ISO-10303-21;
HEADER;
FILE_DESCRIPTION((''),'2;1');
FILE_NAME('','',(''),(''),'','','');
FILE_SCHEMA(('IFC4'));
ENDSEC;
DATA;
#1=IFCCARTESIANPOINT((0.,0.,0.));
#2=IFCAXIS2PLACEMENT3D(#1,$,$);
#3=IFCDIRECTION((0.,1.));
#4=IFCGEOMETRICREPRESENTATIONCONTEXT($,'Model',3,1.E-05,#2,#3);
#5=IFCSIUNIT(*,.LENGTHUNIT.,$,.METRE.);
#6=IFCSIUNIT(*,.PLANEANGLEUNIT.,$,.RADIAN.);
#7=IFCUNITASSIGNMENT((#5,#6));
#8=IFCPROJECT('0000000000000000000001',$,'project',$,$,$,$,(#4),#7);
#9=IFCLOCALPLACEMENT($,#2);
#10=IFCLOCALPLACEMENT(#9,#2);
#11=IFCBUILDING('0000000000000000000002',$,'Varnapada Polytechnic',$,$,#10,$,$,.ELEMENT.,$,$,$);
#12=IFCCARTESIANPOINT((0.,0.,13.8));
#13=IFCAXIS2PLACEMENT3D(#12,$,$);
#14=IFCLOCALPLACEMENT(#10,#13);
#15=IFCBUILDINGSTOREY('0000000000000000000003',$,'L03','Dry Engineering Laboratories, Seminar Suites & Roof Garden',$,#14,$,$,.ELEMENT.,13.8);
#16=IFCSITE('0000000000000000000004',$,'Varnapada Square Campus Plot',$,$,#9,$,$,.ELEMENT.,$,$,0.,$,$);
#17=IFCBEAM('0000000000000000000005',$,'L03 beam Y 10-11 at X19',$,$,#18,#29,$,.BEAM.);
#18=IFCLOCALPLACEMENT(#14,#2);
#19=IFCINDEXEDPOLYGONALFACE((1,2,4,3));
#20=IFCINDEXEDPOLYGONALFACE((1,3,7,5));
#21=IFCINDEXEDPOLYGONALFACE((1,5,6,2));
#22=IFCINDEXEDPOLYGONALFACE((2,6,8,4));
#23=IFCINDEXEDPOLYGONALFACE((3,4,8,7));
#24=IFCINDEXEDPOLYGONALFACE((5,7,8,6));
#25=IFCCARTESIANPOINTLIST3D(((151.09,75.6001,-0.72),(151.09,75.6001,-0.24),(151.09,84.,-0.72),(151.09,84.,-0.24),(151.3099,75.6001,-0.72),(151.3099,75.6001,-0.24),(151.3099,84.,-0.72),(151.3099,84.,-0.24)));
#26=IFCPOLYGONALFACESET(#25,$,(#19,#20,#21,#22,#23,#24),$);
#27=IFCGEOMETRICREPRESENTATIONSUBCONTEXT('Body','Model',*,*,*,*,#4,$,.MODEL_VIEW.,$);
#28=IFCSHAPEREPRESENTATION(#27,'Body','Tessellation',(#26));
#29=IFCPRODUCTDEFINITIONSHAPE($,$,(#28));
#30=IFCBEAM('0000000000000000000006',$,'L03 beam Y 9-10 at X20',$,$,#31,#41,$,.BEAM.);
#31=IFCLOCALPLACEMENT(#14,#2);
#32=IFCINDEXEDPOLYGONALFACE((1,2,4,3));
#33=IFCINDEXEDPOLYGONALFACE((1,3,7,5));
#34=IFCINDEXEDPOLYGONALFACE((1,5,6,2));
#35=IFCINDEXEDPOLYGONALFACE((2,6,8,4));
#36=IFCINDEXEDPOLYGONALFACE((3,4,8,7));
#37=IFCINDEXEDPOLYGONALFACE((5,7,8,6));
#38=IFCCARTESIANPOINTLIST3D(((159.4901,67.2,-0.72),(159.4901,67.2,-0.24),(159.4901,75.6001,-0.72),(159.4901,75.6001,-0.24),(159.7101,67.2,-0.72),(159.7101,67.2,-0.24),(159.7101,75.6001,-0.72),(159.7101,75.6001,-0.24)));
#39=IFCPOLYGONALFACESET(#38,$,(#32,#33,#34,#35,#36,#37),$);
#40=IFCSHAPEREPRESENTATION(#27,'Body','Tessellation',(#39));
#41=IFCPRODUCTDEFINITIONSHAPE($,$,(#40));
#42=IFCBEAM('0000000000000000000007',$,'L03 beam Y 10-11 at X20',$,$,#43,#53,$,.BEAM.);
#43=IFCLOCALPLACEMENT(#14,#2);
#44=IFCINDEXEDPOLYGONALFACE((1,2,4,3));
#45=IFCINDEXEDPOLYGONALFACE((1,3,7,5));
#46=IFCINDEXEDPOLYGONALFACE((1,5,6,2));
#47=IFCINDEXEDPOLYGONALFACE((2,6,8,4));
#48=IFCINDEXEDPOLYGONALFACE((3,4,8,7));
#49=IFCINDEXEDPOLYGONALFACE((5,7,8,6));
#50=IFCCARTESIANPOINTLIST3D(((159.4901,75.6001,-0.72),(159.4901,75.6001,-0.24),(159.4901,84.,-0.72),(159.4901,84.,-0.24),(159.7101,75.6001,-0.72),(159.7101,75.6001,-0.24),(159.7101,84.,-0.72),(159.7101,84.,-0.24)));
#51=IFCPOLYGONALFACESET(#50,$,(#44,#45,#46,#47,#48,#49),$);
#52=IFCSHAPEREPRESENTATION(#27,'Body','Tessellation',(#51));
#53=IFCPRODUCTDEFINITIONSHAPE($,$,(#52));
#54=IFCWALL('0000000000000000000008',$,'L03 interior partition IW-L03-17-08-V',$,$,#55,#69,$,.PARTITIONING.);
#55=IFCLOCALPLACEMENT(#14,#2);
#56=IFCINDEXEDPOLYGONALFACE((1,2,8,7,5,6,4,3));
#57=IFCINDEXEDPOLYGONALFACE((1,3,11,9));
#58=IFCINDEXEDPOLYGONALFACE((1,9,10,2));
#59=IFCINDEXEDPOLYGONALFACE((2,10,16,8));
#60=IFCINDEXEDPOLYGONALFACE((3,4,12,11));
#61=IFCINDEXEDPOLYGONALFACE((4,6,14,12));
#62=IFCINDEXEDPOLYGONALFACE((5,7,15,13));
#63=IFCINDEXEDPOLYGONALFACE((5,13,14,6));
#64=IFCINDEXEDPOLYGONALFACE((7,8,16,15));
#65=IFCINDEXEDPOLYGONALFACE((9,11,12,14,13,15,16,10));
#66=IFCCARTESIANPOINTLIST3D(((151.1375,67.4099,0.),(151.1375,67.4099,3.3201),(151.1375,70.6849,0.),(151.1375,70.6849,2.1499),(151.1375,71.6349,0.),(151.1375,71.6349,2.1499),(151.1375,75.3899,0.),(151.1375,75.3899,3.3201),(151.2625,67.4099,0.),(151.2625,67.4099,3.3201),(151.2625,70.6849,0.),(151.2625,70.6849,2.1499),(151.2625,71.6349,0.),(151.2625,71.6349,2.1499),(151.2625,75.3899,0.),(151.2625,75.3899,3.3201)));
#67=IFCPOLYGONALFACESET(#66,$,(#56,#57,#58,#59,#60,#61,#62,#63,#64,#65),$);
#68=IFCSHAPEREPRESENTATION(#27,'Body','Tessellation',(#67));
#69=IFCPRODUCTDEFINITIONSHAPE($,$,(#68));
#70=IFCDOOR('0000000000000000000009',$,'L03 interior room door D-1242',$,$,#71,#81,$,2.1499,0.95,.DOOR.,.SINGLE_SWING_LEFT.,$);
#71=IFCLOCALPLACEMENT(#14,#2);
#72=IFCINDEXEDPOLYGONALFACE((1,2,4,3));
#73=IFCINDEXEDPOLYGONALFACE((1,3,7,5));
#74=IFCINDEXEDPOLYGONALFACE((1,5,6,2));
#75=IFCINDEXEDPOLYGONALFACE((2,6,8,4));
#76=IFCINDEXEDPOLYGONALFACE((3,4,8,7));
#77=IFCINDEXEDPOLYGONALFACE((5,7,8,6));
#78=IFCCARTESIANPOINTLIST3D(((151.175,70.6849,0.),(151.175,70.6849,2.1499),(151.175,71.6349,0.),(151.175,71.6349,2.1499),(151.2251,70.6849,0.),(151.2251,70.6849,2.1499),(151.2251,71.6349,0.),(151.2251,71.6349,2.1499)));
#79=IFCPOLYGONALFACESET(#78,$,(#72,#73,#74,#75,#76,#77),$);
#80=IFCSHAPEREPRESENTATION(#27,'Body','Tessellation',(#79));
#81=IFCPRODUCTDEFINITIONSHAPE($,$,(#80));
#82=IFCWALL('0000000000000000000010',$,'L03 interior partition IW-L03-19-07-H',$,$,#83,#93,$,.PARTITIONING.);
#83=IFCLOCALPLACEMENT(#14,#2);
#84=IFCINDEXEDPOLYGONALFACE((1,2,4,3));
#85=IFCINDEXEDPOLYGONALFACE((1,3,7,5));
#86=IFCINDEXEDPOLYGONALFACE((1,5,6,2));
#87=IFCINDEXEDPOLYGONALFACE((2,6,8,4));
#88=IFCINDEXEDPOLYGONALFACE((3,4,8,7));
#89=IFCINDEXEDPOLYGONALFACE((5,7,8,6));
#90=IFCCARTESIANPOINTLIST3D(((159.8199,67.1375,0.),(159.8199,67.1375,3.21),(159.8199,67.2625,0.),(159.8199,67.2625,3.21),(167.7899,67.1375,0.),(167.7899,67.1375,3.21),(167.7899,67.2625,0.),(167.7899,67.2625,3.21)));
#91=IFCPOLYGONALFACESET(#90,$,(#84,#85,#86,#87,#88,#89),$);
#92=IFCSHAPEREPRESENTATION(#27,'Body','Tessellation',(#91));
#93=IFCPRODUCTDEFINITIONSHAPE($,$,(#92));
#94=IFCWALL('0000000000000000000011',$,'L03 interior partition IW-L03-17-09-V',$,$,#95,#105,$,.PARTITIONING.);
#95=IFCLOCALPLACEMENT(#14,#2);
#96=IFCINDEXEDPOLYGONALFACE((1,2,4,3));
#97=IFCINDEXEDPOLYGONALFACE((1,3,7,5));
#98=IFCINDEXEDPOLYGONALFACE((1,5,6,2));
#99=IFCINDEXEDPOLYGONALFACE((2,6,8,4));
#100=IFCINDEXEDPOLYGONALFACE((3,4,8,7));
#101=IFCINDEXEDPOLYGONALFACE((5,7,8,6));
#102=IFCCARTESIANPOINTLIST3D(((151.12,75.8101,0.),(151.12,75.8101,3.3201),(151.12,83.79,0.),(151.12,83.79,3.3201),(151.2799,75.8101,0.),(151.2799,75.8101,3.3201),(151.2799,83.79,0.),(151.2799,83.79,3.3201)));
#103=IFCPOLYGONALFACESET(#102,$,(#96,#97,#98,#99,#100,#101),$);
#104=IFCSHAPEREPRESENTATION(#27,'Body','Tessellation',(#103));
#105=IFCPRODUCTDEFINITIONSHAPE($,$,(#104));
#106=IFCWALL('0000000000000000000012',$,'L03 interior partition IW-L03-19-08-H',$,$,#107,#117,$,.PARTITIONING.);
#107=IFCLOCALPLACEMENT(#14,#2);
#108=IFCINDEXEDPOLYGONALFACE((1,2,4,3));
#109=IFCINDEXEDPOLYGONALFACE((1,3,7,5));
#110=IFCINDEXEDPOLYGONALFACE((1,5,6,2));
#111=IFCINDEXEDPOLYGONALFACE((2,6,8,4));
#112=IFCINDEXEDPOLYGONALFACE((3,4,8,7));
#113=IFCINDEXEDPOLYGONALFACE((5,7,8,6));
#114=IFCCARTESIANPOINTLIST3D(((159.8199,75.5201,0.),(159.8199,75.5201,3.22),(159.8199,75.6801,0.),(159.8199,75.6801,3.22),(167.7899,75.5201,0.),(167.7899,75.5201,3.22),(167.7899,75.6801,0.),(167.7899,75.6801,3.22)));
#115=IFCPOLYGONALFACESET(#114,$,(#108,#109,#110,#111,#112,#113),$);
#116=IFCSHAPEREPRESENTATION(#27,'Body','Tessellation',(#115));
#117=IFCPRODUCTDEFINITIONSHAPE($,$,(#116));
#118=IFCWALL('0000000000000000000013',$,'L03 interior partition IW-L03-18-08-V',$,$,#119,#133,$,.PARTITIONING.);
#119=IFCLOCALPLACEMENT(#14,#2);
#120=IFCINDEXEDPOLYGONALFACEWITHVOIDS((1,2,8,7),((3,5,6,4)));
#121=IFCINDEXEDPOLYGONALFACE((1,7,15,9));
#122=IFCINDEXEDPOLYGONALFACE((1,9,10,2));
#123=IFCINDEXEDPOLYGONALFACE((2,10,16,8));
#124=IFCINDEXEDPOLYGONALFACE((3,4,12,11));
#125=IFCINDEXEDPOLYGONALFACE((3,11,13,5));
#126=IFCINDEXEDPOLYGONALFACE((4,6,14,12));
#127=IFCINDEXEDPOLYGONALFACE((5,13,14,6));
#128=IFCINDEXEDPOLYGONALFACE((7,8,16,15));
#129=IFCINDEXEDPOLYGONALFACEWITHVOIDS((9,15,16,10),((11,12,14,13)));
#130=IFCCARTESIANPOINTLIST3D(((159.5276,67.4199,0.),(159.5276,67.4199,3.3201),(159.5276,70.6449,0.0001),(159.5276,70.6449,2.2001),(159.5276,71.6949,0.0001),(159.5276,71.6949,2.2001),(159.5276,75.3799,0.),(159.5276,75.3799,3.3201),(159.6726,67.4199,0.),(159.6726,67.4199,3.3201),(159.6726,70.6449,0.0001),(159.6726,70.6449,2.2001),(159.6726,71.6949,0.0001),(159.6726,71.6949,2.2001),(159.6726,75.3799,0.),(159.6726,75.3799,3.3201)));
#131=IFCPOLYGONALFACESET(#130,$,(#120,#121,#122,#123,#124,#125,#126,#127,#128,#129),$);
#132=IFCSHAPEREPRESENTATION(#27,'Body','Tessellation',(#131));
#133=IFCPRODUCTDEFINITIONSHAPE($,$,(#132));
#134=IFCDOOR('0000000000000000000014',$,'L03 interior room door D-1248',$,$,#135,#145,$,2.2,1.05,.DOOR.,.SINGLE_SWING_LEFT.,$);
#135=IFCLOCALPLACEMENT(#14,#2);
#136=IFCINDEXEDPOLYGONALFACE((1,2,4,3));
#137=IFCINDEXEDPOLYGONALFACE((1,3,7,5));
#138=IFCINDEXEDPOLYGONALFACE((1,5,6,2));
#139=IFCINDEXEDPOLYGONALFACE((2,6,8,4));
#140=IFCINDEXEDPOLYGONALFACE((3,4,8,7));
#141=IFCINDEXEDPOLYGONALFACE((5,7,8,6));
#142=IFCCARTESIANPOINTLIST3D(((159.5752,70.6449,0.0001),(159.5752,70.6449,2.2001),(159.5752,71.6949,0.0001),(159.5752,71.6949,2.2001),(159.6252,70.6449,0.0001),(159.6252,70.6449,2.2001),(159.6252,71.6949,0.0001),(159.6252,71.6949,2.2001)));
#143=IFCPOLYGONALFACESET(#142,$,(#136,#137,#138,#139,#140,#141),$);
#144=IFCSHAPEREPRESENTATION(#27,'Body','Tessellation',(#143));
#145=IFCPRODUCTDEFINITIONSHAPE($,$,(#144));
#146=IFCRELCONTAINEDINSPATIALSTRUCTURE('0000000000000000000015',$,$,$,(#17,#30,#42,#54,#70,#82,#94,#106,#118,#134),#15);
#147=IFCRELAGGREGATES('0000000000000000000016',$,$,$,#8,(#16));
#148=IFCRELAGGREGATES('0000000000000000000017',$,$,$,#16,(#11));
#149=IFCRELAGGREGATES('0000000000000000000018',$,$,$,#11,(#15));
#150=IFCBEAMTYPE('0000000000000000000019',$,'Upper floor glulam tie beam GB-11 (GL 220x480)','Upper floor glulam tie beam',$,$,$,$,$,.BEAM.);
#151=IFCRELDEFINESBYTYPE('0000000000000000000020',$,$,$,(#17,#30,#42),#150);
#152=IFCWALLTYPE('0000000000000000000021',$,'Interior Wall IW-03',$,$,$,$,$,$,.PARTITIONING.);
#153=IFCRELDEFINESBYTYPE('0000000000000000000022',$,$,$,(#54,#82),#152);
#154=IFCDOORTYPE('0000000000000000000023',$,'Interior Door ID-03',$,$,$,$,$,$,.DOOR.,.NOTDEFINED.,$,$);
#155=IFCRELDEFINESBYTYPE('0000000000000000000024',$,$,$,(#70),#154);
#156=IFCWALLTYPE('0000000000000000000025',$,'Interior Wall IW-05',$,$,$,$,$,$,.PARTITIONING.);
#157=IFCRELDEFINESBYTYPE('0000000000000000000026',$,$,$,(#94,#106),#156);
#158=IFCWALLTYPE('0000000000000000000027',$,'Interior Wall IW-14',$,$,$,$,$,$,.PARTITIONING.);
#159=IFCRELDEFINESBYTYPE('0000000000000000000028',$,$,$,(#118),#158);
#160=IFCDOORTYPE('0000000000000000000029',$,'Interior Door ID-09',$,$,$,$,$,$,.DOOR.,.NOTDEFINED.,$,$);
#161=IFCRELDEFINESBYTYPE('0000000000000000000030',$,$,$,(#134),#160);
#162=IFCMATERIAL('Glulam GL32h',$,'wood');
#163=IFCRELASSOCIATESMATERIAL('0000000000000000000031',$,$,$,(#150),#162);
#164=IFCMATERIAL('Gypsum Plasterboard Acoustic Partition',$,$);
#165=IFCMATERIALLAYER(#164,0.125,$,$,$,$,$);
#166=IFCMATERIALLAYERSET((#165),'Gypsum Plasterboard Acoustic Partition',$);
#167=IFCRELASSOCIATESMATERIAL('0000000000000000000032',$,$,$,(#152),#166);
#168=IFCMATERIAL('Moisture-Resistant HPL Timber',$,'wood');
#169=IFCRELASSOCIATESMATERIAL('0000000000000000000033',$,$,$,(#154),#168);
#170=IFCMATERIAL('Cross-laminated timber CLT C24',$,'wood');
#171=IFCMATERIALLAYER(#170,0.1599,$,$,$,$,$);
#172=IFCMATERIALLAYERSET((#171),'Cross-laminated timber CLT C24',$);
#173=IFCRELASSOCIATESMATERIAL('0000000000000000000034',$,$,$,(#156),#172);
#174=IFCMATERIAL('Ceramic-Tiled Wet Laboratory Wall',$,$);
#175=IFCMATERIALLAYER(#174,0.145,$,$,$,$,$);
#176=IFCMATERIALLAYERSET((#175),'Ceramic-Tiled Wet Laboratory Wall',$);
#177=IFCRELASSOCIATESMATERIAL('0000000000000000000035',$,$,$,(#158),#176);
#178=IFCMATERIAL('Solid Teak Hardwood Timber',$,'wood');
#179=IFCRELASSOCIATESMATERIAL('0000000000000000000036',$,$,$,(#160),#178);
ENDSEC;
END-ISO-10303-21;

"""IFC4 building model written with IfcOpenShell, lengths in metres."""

from ifc_helpers import new_model, si_unit, direction, frame, frame_2d, origin, origin_2d, place, context, subcontext, project, spatial, rectangle, extrude, material, layer, layer_set, material_profile, profile_set, type_object, element, fill, save


model = new_model("IFC4")

# Units and contexts
model_context = context("Model", 3, precision=1e-05, world=origin(), true_north=direction((0.0, 1.0)))
body_context = subcontext(model_context, "Body", "Model", "MODEL_VIEW")
ifc_project = project(units=[si_unit("LENGTHUNIT", "METRE"), si_unit("PLANEANGLEUNIT", "RADIAN")], contexts=[model_context])

# Site, building, storey
site_placement = place(None, origin())
site = spatial("IfcSite", under=ifc_project, at=site_placement, Name="Varnapada Square Campus Plot", CompositionType="ELEMENT", RefElevation=0.0)
building_placement = place(site_placement, origin())
building = spatial("IfcBuilding", under=site, at=building_placement, Name="Varnapada Polytechnic", CompositionType="ELEMENT")
storey_placement = place(building_placement, frame((0.0, 0.0, 13.8)))
storey = spatial("IfcBuildingStorey", under=building, at=storey_placement, Name="L03", Description="Dry Engineering Laboratories, Seminar Suites & Roof Garden", CompositionType="ELEMENT", Elevation=13.8)

# Shared definitions
ifc_material_1 = material(Name="Glulam GL32h", Category="wood")

# Beams
ifc_material_profile_1 = material_profile(ifc_material_1, rectangle(XDim=0.22, YDim=0.48, at=origin_2d()), Name="GL 220x480")
ifc_profile_set_1 = profile_set([ifc_material_profile_1], Name="Glulam GL32h")
beam_type_1 = type_object("IfcBeamType", Name="Upper floor glulam tie beam GB-11 (GL 220x480)", Description="Upper floor glulam tie beam", PredefinedType="BEAM", material=ifc_profile_set_1)
beam_1_placement = place(storey_placement, frame((151.2, 75.6001, -0.48), z_axis=(0.0, 1.0, 0.0), x_axis=(-1.0, 0.0, 0.0)))
element("IfcBeam", 1, at=beam_1_placement, inside=storey, type_object=beam_type_1, Name="L03 beam Y 10-11 at X19", PredefinedType="BEAM", context=body_context, shape_type="SweptSolid", body=[
    extrude(rectangle(XDim=0.22, YDim=0.48, at=origin_2d()), origin(), (0.0, 0.0, 1.0), 8.3999),
])
beam_2_placement = place(storey_placement, frame((159.6001, 67.2, -0.48), z_axis=(0.0, 1.0, 0.0), x_axis=(-1.0, 0.0, 0.0)))
element("IfcBeam", 2, at=beam_2_placement, inside=storey, type_object=beam_type_1, Name="L03 beam Y 9-10 at X20", PredefinedType="BEAM", context=body_context, shape_type="SweptSolid", body=[
    extrude(rectangle(XDim=0.22, YDim=0.48, at=origin_2d()), origin(), (0.0, 0.0, 1.0), 8.4001),
])
beam_3_placement = place(storey_placement, frame((159.6001, 75.6001, -0.48), z_axis=(0.0, 1.0, 0.0), x_axis=(-1.0, 0.0, 0.0)))
element("IfcBeam", 3, at=beam_3_placement, inside=storey, type_object=beam_type_1, Name="L03 beam Y 10-11 at X20", PredefinedType="BEAM", context=body_context, shape_type="SweptSolid", body=[
    extrude(rectangle(XDim=0.22, YDim=0.48, at=origin_2d()), origin(), (0.0, 0.0, 1.0), 8.3999),
])

# Wall, opening, door
ifc_material_2 = material(Name="Gypsum Plasterboard Acoustic Partition")
ifc_layer_1 = layer(ifc_material_2, 0.125)
ifc_layer_set_1 = layer_set([ifc_layer_1], Name="Gypsum Plasterboard Acoustic Partition")
wall_type_1 = type_object("IfcWallType", Name="Interior Wall IW-03", PredefinedType="PARTITIONING", material=ifc_layer_set_1)
wall_1_placement = place(storey_placement, frame((151.2, 67.4099, 0.0), z_axis=(0.0, 0.0, 1.0), x_axis=(0.0, 1.0, 0.0)))
wall_1 = element("IfcWall", 4, at=wall_1_placement, inside=storey, type_object=wall_type_1, Name="L03 interior partition IW-L03-17-08-V", PredefinedType="PARTITIONING", context=body_context, shape_type="SweptSolid", body=[
    extrude(rectangle(XDim=7.98, YDim=0.125, at=frame_2d((3.99, 0.0))), origin(), (0.0, 0.0, 1.0), 3.3201),
])
opening_1_placement = place(wall_1_placement, frame((3.2749, 0.0, 0.0)))
opening_1 = element("IfcOpeningElement", 5, at=opening_1_placement, cuts=wall_1, PredefinedType="OPENING", context=body_context, shape_type="SweptSolid", body=[
    extrude(rectangle(XDim=0.95, YDim=2.1499, at=frame_2d((0.4751, 1.075))), frame((0.0, 0.0725, 0.0), z_axis=(0.0, -1.0, 0.0), x_axis=(1.0, 0.0, 0.0)), (0.0, 0.0, 1.0), 0.145),
])
ifc_material_3 = material(Name="Moisture-Resistant HPL Timber", Category="wood")
door_type_1 = type_object("IfcDoorType", Name="Interior Door ID-03", OperationType="NOTDEFINED", PredefinedType="DOOR", material=ifc_material_3)
door_1_placement = place(opening_1_placement, origin())
door_1 = element("IfcDoor", 6, at=door_1_placement, inside=storey, type_object=door_type_1, Name="L03 interior room door D-1242", OperationType="SINGLE_SWING_LEFT", OverallHeight=2.1499, OverallWidth=0.95, PredefinedType="DOOR", context=body_context, shape_type="SweptSolid", body=[
    extrude(rectangle(XDim=0.95, YDim=2.1499, at=frame_2d((0.4751, 1.075))), frame((0.0, 0.0249, 0.0), z_axis=(0.0, -1.0, 0.0), x_axis=(1.0, 0.0, 0.0)), (0.0, 0.0, 1.0), 0.05),
])
fill(opening_1, door_1)

# Walls
wall_2_placement = place(storey_placement, frame((159.8201, 67.2, 0.0), z_axis=(0.0, 0.0, 1.0), x_axis=(1.0, 0.0, 0.0)))
element("IfcWall", 7, at=wall_2_placement, inside=storey, type_object=wall_type_1, Name="L03 interior partition IW-L03-19-07-H", PredefinedType="PARTITIONING", context=body_context, shape_type="SweptSolid", body=[
    extrude(rectangle(XDim=7.97, YDim=0.125, at=frame_2d((3.9849, 0.0))), origin(), (0.0, 0.0, 1.0), 3.21),
])
ifc_material_4 = material(Name="Cross-laminated timber CLT C24", Category="wood")
ifc_layer_2 = layer(ifc_material_4, 0.1599)
ifc_layer_set_2 = layer_set([ifc_layer_2], Name="Cross-laminated timber CLT C24")
wall_type_2 = type_object("IfcWallType", Name="Interior Wall IW-05", PredefinedType="PARTITIONING", material=ifc_layer_set_2)
wall_3_placement = place(storey_placement, frame((151.2, 75.8101, 0.0), z_axis=(0.0, 0.0, 1.0), x_axis=(0.0, 1.0, 0.0)))
element("IfcWall", 8, at=wall_3_placement, inside=storey, type_object=wall_type_2, Name="L03 interior partition IW-L03-17-09-V", PredefinedType="PARTITIONING", context=body_context, shape_type="SweptSolid", body=[
    extrude(rectangle(XDim=7.98, YDim=0.1599, at=frame_2d((3.99, 0.0))), origin(), (0.0, 0.0, 1.0), 3.3201),
])
wall_4_placement = place(storey_placement, frame((159.8201, 75.6001, 0.0), z_axis=(0.0, 0.0, 1.0), x_axis=(1.0, 0.0, 0.0)))
element("IfcWall", 9, at=wall_4_placement, inside=storey, type_object=wall_type_2, Name="L03 interior partition IW-L03-19-08-H", PredefinedType="PARTITIONING", context=body_context, shape_type="SweptSolid", body=[
    extrude(rectangle(XDim=7.97, YDim=0.1599, at=frame_2d((3.9849, 0.0))), origin(), (0.0, 0.0, 1.0), 3.22),
])

# Wall, opening, door
ifc_material_5 = material(Name="Ceramic-Tiled Wet Laboratory Wall")
ifc_layer_3 = layer(ifc_material_5, 0.145)
ifc_layer_set_3 = layer_set([ifc_layer_3], Name="Ceramic-Tiled Wet Laboratory Wall")
wall_type_3 = type_object("IfcWallType", Name="Interior Wall IW-14", PredefinedType="PARTITIONING", material=ifc_layer_set_3)
wall_5_placement = place(storey_placement, frame((159.6001, 67.4199, 0.0), z_axis=(0.0, 0.0, 1.0), x_axis=(0.0, 1.0, 0.0)))
wall_5 = element("IfcWall", 10, at=wall_5_placement, inside=storey, type_object=wall_type_3, Name="L03 interior partition IW-L03-18-08-V", PredefinedType="PARTITIONING", context=body_context, shape_type="SweptSolid", body=[
    extrude(rectangle(XDim=7.96, YDim=0.145, at=frame_2d((3.98, 0.0))), origin(), (0.0, 0.0, 1.0), 3.3201),
])
opening_2_placement = place(wall_5_placement, frame((3.2251, 0.0, 0.0)))
opening_2 = element("IfcOpeningElement", 11, at=opening_2_placement, cuts=wall_5, PredefinedType="OPENING", context=body_context, shape_type="SweptSolid", body=[
    extrude(rectangle(XDim=1.05, YDim=2.2, at=frame_2d((0.5249, 1.1001))), frame((0.0, 0.0825, 0.0), z_axis=(0.0, -1.0, 0.0), x_axis=(1.0, 0.0, 0.0)), (0.0, 0.0, 1.0), 0.165),
])
ifc_material_6 = material(Name="Solid Teak Hardwood Timber", Category="wood")
door_type_2 = type_object("IfcDoorType", Name="Interior Door ID-09", OperationType="NOTDEFINED", PredefinedType="DOOR", material=ifc_material_6)
door_2_placement = place(opening_2_placement, origin())
door_2 = element("IfcDoor", 12, at=door_2_placement, inside=storey, type_object=door_type_2, Name="L03 interior room door D-1248", OperationType="SINGLE_SWING_LEFT", OverallHeight=2.2, OverallWidth=1.05, PredefinedType="DOOR", context=body_context, shape_type="SweptSolid", body=[
    extrude(rectangle(XDim=1.05, YDim=2.2, at=frame_2d((0.5249, 1.1001))), frame((0.0, 0.0249, 0.0), z_axis=(0.0, -1.0, 0.0), x_axis=(1.0, 0.0, 0.0)), (0.0, 0.0, 1.0), 0.05),
])
fill(opening_2, door_2)

save(model, "model.ifc")
